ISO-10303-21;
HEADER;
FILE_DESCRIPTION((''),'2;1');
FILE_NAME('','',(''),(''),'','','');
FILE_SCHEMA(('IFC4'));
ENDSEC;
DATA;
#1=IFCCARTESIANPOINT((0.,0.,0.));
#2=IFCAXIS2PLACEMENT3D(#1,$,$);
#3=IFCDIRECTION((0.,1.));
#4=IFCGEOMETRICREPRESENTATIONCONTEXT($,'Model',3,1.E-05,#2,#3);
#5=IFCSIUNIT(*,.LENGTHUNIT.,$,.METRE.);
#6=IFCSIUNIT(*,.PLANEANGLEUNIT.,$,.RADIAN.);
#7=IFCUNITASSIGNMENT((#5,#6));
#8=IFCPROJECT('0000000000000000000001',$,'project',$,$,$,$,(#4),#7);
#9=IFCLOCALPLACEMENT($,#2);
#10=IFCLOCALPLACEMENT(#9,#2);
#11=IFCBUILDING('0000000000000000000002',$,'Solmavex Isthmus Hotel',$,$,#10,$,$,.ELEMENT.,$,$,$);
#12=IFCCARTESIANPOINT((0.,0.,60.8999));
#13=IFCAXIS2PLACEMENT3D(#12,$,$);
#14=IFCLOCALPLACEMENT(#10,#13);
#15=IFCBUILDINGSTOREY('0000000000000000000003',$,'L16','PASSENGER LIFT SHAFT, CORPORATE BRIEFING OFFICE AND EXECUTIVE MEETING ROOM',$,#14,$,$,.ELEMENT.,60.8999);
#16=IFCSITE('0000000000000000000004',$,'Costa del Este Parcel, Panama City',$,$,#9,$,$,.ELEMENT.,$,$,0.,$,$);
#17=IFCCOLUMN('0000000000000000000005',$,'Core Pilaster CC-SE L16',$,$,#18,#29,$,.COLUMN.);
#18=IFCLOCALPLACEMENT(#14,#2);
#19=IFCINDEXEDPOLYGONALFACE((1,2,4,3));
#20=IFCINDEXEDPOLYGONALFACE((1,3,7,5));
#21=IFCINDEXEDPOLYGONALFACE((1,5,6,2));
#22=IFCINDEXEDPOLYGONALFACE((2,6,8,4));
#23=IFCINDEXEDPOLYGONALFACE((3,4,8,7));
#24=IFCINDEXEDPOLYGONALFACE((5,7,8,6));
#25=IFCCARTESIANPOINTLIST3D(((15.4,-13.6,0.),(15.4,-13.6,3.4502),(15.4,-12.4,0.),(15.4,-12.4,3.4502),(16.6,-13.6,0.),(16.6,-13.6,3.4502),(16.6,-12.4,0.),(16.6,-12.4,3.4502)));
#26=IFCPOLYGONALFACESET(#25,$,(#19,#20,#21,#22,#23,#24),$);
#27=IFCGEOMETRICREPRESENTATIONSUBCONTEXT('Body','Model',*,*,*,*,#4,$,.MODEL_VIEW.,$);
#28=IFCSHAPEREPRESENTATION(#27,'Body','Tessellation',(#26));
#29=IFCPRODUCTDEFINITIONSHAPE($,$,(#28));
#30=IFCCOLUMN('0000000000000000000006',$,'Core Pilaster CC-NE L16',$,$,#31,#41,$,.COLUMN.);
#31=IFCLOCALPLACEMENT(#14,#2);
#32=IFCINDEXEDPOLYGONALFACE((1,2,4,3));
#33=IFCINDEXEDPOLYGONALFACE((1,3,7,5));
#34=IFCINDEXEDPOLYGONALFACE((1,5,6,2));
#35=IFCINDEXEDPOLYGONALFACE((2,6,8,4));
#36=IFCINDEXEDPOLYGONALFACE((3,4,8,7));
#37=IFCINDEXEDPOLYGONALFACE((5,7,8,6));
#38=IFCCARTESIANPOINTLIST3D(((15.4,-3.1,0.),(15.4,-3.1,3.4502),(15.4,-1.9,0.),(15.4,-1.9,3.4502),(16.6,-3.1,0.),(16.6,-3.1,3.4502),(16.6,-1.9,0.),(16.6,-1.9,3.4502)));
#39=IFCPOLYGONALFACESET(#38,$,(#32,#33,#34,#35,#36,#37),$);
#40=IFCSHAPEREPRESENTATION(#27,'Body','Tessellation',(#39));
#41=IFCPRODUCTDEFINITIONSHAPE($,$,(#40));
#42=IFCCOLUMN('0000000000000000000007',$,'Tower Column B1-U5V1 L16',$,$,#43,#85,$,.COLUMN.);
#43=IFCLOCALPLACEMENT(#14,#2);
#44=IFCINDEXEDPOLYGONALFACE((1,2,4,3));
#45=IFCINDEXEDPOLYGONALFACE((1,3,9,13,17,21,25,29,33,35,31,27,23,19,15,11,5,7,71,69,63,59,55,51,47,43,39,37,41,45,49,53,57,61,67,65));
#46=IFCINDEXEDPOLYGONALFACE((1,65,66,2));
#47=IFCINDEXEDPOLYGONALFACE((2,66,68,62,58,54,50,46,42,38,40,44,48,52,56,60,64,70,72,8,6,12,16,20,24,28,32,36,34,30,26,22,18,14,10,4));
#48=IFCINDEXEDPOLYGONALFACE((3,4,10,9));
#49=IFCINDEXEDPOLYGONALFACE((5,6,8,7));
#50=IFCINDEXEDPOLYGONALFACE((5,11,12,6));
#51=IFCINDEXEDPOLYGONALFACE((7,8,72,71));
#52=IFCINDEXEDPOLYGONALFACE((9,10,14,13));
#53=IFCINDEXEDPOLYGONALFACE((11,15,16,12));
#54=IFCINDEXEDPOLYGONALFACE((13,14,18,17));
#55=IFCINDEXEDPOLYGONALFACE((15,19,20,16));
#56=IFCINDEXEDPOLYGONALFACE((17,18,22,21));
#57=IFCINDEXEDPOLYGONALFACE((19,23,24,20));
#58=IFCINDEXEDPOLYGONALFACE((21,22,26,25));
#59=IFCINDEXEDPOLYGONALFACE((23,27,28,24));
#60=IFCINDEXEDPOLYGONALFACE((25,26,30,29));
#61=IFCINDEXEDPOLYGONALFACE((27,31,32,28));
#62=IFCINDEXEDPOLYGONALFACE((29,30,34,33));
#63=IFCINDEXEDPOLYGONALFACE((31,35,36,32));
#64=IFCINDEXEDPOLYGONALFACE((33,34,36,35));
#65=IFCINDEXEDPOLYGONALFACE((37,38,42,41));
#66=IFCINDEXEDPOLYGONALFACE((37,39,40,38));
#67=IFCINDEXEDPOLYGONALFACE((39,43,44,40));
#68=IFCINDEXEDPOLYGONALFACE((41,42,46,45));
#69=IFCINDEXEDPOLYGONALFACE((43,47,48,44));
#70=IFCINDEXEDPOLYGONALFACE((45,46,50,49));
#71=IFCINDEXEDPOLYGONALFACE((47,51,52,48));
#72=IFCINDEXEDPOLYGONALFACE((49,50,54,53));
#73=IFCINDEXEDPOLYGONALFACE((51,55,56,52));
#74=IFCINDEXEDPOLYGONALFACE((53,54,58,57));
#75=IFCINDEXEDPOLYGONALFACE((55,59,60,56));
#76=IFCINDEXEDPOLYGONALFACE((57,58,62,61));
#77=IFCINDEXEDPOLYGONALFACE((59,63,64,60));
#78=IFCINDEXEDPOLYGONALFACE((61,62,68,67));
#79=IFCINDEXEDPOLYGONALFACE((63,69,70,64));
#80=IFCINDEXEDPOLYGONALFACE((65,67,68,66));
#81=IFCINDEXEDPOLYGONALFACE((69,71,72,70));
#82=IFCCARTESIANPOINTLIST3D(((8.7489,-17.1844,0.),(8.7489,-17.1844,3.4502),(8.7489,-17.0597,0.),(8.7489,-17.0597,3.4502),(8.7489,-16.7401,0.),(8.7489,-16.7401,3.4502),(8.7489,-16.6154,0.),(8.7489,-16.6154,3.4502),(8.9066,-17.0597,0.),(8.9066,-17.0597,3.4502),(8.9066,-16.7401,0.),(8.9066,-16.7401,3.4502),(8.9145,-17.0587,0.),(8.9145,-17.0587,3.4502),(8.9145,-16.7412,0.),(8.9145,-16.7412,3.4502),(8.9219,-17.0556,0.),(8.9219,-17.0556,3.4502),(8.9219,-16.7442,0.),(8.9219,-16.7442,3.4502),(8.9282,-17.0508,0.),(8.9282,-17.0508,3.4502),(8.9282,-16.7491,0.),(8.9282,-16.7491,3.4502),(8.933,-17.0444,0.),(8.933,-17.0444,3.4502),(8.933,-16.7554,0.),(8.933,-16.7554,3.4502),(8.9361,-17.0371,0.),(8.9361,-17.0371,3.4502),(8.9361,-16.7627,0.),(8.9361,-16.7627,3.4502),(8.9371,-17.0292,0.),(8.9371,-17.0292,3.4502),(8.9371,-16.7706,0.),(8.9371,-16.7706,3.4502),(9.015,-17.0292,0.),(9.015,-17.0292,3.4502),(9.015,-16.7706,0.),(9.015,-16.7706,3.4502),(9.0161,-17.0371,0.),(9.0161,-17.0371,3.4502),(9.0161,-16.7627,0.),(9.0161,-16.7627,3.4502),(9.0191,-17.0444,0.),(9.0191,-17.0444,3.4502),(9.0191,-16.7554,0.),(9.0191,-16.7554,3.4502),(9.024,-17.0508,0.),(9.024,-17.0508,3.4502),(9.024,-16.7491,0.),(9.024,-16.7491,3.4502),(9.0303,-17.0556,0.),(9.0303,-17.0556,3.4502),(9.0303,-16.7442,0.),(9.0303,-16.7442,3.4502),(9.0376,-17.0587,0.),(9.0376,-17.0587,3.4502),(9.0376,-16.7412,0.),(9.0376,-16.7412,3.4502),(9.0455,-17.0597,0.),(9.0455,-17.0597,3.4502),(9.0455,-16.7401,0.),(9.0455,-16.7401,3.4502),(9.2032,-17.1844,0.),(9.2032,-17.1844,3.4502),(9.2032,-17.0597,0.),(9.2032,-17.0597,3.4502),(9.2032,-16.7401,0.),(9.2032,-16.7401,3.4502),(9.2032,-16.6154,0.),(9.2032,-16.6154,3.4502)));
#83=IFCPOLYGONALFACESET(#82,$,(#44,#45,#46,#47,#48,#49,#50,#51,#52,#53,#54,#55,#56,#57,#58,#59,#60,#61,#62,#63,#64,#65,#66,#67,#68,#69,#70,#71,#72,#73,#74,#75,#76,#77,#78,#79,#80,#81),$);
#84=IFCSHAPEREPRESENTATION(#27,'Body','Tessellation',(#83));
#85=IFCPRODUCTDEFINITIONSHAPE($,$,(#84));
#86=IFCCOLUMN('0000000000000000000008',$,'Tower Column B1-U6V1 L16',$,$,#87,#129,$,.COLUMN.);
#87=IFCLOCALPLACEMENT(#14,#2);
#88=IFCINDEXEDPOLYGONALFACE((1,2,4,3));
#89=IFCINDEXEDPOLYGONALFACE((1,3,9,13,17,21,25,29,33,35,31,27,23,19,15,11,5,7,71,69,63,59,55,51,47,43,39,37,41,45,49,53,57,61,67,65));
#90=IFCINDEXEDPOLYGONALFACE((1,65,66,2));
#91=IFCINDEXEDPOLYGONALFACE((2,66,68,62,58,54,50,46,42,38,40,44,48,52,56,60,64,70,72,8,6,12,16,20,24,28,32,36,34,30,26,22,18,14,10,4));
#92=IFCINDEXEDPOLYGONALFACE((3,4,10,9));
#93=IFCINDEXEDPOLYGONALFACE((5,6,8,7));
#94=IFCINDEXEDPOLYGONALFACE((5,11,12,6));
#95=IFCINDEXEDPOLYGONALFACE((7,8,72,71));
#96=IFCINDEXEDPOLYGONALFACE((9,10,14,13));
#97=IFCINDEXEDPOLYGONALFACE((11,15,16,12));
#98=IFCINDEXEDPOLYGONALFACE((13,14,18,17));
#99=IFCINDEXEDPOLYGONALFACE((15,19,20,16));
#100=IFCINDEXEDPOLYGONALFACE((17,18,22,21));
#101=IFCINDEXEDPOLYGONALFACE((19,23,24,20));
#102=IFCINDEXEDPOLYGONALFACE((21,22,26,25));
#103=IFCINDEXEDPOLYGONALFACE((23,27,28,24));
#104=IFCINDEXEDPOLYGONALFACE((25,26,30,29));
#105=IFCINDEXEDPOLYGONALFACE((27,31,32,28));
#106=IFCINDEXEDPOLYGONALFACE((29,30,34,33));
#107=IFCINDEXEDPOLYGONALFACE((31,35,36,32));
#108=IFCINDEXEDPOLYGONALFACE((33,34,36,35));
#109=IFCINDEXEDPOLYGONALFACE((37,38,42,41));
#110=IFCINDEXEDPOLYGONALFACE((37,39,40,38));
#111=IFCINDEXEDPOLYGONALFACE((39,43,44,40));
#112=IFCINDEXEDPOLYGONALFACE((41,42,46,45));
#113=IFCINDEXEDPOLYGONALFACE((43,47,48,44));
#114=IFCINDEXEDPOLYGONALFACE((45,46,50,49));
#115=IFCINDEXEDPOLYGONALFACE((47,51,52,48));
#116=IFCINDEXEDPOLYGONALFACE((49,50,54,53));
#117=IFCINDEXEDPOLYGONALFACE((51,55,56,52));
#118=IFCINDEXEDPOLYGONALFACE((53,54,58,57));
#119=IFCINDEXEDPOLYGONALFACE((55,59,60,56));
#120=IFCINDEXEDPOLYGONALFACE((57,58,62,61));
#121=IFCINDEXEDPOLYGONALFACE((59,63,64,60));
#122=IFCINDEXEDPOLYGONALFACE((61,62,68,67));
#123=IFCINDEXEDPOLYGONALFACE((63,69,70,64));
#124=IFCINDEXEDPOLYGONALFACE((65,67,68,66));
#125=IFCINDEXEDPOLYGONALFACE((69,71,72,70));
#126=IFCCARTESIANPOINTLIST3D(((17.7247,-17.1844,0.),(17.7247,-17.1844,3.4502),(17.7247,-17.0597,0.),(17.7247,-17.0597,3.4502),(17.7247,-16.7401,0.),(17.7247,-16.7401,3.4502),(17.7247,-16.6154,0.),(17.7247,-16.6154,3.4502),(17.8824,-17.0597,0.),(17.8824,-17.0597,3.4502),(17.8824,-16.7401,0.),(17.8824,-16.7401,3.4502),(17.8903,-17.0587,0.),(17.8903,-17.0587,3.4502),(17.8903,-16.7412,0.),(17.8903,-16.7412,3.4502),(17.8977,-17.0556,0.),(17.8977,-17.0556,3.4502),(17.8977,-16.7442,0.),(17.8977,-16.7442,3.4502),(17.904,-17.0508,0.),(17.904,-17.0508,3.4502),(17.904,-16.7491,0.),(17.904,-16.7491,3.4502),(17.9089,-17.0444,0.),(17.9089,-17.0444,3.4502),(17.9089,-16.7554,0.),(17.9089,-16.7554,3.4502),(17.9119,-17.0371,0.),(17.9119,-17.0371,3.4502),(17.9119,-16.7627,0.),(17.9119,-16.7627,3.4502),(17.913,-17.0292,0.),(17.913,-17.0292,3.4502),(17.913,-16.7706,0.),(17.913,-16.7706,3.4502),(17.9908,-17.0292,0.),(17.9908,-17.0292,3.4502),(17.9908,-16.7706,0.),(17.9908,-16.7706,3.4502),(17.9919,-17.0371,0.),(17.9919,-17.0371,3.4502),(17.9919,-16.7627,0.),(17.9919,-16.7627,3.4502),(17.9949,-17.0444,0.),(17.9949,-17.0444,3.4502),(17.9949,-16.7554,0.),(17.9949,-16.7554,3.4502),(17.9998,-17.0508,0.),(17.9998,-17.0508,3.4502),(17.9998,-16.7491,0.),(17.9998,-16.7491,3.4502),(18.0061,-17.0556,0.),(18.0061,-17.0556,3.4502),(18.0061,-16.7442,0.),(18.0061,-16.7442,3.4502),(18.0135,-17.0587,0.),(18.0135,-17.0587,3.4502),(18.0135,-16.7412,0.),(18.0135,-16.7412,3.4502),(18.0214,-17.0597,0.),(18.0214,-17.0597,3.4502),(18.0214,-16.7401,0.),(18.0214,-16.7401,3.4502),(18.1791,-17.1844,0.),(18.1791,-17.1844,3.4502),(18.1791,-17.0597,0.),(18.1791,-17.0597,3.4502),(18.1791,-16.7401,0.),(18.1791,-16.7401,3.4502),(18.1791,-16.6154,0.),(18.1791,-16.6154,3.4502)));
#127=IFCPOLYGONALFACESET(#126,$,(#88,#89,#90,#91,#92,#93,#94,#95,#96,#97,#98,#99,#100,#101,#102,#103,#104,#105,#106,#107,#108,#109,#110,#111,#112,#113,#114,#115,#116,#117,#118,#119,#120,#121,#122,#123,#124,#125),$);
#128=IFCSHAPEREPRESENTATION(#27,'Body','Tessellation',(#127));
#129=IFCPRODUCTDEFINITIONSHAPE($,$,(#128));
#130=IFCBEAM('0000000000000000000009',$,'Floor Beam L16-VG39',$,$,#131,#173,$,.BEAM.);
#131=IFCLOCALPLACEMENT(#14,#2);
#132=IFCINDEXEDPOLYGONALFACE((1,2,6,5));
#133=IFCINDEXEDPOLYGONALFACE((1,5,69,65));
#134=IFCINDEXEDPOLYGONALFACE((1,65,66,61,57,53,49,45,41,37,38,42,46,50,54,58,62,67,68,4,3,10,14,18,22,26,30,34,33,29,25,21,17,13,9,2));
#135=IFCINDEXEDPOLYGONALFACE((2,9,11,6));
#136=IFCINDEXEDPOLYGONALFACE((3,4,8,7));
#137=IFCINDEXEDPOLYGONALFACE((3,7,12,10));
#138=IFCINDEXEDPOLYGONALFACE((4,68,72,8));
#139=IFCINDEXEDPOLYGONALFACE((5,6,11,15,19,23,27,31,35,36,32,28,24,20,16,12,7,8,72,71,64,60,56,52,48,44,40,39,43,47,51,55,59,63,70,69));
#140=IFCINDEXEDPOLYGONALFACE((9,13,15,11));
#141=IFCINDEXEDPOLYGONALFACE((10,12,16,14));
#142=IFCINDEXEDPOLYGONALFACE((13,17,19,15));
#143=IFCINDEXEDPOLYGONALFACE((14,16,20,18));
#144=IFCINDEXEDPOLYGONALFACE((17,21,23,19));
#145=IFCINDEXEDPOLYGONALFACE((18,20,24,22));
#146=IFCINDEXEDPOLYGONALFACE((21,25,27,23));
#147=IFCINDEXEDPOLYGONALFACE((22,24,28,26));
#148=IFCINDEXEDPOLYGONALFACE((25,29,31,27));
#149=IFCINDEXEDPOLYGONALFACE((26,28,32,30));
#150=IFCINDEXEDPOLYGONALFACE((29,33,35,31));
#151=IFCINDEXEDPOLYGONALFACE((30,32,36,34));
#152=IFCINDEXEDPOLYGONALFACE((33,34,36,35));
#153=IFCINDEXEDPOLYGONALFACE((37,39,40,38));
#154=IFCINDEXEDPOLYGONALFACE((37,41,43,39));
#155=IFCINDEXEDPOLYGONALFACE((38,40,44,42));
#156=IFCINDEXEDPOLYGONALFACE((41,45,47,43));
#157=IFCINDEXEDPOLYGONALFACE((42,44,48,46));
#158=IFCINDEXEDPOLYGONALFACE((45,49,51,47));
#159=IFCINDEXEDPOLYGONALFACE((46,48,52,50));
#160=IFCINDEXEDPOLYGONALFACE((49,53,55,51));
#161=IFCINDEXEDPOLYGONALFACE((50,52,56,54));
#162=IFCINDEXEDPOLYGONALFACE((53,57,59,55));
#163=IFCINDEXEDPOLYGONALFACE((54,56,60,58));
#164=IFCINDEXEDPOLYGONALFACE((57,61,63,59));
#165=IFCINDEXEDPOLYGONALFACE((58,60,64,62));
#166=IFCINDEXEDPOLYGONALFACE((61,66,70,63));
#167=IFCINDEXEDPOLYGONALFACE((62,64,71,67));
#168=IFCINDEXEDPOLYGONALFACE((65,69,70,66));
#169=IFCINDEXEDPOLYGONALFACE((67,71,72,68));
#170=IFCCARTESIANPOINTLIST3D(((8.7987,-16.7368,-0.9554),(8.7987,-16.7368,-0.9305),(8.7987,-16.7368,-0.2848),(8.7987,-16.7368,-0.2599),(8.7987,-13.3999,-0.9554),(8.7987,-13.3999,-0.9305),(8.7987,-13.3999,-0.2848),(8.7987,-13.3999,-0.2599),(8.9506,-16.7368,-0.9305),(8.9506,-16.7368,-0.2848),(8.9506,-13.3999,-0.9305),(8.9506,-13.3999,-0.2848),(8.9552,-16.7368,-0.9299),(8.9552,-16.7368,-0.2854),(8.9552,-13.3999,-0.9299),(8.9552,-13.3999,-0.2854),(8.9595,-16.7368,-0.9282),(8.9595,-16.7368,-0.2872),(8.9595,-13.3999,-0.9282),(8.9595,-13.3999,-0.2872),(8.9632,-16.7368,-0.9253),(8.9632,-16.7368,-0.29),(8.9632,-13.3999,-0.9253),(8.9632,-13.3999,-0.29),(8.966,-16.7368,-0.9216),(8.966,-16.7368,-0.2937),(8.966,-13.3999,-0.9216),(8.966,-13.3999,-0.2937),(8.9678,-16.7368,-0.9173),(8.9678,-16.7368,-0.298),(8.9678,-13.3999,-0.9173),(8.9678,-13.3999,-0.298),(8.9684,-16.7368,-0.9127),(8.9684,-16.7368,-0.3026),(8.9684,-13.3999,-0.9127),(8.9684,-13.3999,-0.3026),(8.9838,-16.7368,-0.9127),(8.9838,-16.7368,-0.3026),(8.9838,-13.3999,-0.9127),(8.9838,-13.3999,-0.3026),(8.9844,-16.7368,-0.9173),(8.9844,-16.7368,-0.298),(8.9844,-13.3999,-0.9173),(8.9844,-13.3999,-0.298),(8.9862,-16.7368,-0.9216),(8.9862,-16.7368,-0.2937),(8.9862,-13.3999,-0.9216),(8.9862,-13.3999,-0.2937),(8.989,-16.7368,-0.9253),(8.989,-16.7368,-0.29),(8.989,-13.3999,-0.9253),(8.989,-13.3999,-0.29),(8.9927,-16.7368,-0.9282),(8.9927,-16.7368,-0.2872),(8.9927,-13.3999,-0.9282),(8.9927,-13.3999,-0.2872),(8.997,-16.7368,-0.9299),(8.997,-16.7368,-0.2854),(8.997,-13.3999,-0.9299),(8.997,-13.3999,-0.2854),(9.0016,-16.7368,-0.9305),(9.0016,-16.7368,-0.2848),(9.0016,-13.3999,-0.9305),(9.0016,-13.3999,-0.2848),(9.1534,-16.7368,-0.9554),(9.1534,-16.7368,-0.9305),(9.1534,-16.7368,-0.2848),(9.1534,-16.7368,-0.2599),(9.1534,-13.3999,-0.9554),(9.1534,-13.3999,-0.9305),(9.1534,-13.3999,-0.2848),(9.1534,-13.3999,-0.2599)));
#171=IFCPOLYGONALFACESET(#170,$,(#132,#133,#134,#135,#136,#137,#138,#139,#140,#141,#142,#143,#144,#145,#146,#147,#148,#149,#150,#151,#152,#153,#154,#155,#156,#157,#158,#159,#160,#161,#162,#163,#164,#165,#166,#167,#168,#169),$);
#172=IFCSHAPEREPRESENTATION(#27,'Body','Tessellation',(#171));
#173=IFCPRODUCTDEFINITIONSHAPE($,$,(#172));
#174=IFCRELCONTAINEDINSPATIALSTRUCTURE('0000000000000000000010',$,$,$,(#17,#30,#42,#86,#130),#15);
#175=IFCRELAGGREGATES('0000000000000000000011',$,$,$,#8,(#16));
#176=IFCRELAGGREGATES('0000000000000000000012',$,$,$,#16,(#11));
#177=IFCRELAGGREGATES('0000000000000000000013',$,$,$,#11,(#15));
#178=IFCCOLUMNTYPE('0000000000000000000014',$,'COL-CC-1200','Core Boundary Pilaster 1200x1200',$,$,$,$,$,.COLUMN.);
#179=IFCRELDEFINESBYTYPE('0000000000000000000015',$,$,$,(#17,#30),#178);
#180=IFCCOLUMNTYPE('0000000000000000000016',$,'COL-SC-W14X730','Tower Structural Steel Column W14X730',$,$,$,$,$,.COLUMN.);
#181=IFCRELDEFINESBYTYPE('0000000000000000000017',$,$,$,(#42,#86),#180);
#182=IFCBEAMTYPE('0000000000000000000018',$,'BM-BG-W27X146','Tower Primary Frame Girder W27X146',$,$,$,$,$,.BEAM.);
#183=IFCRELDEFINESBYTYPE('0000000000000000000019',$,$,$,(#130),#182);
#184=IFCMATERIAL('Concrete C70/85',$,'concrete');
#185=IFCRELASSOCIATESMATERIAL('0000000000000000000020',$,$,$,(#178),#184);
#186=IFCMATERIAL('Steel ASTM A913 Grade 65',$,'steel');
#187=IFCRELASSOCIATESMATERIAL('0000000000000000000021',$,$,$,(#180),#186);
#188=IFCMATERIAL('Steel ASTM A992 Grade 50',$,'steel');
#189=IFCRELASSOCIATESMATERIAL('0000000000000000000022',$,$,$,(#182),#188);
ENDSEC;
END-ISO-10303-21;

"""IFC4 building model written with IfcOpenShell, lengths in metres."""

from ifc_helpers import new_model, si_unit, direction, frame, origin, origin_2d, place, context, subcontext, project, spatial, rectangle, i_section, extrude, material, material_profile, profile_set, type_object, element, save


model = new_model("IFC4")

# Units and contexts
model_context = context("Model", 3, precision=1e-05, world=origin(), true_north=direction((0.0, 1.0)))
body_context = subcontext(model_context, "Body", "Model", "MODEL_VIEW")
ifc_project = project(units=[si_unit("LENGTHUNIT", "METRE"), si_unit("PLANEANGLEUNIT", "RADIAN")], contexts=[model_context])

# Site, building, storey
site_placement = place(None, origin())
site = spatial("IfcSite", under=ifc_project, at=site_placement, Name="Costa del Este Parcel, Panama City", CompositionType="ELEMENT", RefElevation=0.0)
building_placement = place(site_placement, origin())
building = spatial("IfcBuilding", under=site, at=building_placement, Name="Solmavex Isthmus Hotel", CompositionType="ELEMENT")
storey_placement = place(building_placement, frame((0.0, 0.0, 60.8999)))
storey = spatial("IfcBuildingStorey", under=building, at=storey_placement, Name="L16", Description="PASSENGER LIFT SHAFT, CORPORATE BRIEFING OFFICE AND EXECUTIVE MEETING ROOM", CompositionType="ELEMENT", Elevation=60.8999)

# Columns
ifc_material_1 = material(Name="Concrete C70/85", Category="concrete")
ifc_material_profile_1 = material_profile(ifc_material_1, rectangle(XDim=1.2, YDim=1.2, at=origin_2d()), Name="RC1200X1200")
ifc_profile_set_1 = profile_set([ifc_material_profile_1], Name="Concrete C70/85")
column_type_1 = type_object("IfcColumnType", Name="COL-CC-1200", Description="Core Boundary Pilaster 1200x1200", PredefinedType="COLUMN", material=ifc_profile_set_1)
for number, where, z_axis, x_axis, name in (
    (1, (16.0, -13.0, 0.0), (0.0, 0.0, 1.0), (1.0, 0.0, 0.0), "Core Pilaster CC-SE L16"),
    (2, (16.0, -2.5, 0.0), (0.0, 0.0, 1.0), (1.0, 0.0, 0.0), "Core Pilaster CC-NE L16"),
):
    element("IfcColumn", number, at=place(storey_placement, frame(where, z_axis=z_axis, x_axis=x_axis)), inside=storey, type_object=column_type_1, Name=name, PredefinedType="COLUMN", context=body_context, shape_type="SweptSolid", body=[
        extrude(rectangle(XDim=1.2, YDim=1.2, at=origin_2d()), origin(), (0.0, 0.0, 1.0), 3.4502),
    ])
ifc_material_2 = material(Name="Steel ASTM A913 Grade 65", Category="steel")
ifc_material_profile_2 = material_profile(ifc_material_2, i_section(OverallWidth=0.4543, OverallDepth=0.5691, WebThickness=0.0779, FlangeThickness=0.1248, FilletRadius=0.0305, at=origin_2d()), Name="W14X730")
ifc_profile_set_2 = profile_set([ifc_material_profile_2], Name="Steel ASTM A913 Grade 65")
column_type_2 = type_object("IfcColumnType", Name="COL-SC-W14X730", Description="Tower Structural Steel Column W14X730", PredefinedType="COLUMN", material=ifc_profile_set_2)
for number, where, z_axis, x_axis, name in (
    (3, (8.9761, -16.8999, 0.0), (0.0, 0.0, 1.0), (1.0, 0.0, 0.0), "Tower Column B1-U5V1 L16"),
    (4, (17.9519, -16.8999, 0.0), (0.0, 0.0, 1.0), (1.0, 0.0, 0.0), "Tower Column B1-U6V1 L16"),
):
    element("IfcColumn", number, at=place(storey_placement, frame(where, z_axis=z_axis, x_axis=x_axis)), inside=storey, type_object=column_type_2, Name=name, PredefinedType="COLUMN", context=body_context, shape_type="SweptSolid", body=[
        extrude(i_section(OverallWidth=0.4543, OverallDepth=0.5691, WebThickness=0.0779, FlangeThickness=0.1248, FilletRadius=0.0305, at=origin_2d()), origin(), (0.0, 0.0, 1.0), 3.4502),
    ])

# Beam
ifc_material_3 = material(Name="Steel ASTM A992 Grade 50", Category="steel")
ifc_material_profile_3 = material_profile(ifc_material_3, i_section(OverallWidth=0.3547, OverallDepth=0.6956, WebThickness=0.0154, FlangeThickness=0.0249, FilletRadius=0.0178, at=origin_2d()), Name="W27X146")
ifc_profile_set_3 = profile_set([ifc_material_profile_3], Name="Steel ASTM A992 Grade 50")
beam_type_1 = type_object("IfcBeamType", Name="BM-BG-W27X146", Description="Tower Primary Frame Girder W27X146", PredefinedType="BEAM", material=ifc_profile_set_3)
beam_1_placement = place(storey_placement, frame((8.9761, -16.7368, -0.6077), z_axis=(0.0, 1.0, 0.0), x_axis=(-1.0, 0.0, 0.0)))
element("IfcBeam", 5, at=beam_1_placement, inside=storey, type_object=beam_type_1, Name="Floor Beam L16-VG39", PredefinedType="BEAM", context=body_context, shape_type="SweptSolid", body=[
    extrude(i_section(OverallWidth=0.3547, OverallDepth=0.6956, WebThickness=0.0154, FlangeThickness=0.0249, FilletRadius=0.0178, at=origin_2d()), origin(), (0.0, 0.0, 1.0), 3.3369),
])

save(model, "model.ifc")
